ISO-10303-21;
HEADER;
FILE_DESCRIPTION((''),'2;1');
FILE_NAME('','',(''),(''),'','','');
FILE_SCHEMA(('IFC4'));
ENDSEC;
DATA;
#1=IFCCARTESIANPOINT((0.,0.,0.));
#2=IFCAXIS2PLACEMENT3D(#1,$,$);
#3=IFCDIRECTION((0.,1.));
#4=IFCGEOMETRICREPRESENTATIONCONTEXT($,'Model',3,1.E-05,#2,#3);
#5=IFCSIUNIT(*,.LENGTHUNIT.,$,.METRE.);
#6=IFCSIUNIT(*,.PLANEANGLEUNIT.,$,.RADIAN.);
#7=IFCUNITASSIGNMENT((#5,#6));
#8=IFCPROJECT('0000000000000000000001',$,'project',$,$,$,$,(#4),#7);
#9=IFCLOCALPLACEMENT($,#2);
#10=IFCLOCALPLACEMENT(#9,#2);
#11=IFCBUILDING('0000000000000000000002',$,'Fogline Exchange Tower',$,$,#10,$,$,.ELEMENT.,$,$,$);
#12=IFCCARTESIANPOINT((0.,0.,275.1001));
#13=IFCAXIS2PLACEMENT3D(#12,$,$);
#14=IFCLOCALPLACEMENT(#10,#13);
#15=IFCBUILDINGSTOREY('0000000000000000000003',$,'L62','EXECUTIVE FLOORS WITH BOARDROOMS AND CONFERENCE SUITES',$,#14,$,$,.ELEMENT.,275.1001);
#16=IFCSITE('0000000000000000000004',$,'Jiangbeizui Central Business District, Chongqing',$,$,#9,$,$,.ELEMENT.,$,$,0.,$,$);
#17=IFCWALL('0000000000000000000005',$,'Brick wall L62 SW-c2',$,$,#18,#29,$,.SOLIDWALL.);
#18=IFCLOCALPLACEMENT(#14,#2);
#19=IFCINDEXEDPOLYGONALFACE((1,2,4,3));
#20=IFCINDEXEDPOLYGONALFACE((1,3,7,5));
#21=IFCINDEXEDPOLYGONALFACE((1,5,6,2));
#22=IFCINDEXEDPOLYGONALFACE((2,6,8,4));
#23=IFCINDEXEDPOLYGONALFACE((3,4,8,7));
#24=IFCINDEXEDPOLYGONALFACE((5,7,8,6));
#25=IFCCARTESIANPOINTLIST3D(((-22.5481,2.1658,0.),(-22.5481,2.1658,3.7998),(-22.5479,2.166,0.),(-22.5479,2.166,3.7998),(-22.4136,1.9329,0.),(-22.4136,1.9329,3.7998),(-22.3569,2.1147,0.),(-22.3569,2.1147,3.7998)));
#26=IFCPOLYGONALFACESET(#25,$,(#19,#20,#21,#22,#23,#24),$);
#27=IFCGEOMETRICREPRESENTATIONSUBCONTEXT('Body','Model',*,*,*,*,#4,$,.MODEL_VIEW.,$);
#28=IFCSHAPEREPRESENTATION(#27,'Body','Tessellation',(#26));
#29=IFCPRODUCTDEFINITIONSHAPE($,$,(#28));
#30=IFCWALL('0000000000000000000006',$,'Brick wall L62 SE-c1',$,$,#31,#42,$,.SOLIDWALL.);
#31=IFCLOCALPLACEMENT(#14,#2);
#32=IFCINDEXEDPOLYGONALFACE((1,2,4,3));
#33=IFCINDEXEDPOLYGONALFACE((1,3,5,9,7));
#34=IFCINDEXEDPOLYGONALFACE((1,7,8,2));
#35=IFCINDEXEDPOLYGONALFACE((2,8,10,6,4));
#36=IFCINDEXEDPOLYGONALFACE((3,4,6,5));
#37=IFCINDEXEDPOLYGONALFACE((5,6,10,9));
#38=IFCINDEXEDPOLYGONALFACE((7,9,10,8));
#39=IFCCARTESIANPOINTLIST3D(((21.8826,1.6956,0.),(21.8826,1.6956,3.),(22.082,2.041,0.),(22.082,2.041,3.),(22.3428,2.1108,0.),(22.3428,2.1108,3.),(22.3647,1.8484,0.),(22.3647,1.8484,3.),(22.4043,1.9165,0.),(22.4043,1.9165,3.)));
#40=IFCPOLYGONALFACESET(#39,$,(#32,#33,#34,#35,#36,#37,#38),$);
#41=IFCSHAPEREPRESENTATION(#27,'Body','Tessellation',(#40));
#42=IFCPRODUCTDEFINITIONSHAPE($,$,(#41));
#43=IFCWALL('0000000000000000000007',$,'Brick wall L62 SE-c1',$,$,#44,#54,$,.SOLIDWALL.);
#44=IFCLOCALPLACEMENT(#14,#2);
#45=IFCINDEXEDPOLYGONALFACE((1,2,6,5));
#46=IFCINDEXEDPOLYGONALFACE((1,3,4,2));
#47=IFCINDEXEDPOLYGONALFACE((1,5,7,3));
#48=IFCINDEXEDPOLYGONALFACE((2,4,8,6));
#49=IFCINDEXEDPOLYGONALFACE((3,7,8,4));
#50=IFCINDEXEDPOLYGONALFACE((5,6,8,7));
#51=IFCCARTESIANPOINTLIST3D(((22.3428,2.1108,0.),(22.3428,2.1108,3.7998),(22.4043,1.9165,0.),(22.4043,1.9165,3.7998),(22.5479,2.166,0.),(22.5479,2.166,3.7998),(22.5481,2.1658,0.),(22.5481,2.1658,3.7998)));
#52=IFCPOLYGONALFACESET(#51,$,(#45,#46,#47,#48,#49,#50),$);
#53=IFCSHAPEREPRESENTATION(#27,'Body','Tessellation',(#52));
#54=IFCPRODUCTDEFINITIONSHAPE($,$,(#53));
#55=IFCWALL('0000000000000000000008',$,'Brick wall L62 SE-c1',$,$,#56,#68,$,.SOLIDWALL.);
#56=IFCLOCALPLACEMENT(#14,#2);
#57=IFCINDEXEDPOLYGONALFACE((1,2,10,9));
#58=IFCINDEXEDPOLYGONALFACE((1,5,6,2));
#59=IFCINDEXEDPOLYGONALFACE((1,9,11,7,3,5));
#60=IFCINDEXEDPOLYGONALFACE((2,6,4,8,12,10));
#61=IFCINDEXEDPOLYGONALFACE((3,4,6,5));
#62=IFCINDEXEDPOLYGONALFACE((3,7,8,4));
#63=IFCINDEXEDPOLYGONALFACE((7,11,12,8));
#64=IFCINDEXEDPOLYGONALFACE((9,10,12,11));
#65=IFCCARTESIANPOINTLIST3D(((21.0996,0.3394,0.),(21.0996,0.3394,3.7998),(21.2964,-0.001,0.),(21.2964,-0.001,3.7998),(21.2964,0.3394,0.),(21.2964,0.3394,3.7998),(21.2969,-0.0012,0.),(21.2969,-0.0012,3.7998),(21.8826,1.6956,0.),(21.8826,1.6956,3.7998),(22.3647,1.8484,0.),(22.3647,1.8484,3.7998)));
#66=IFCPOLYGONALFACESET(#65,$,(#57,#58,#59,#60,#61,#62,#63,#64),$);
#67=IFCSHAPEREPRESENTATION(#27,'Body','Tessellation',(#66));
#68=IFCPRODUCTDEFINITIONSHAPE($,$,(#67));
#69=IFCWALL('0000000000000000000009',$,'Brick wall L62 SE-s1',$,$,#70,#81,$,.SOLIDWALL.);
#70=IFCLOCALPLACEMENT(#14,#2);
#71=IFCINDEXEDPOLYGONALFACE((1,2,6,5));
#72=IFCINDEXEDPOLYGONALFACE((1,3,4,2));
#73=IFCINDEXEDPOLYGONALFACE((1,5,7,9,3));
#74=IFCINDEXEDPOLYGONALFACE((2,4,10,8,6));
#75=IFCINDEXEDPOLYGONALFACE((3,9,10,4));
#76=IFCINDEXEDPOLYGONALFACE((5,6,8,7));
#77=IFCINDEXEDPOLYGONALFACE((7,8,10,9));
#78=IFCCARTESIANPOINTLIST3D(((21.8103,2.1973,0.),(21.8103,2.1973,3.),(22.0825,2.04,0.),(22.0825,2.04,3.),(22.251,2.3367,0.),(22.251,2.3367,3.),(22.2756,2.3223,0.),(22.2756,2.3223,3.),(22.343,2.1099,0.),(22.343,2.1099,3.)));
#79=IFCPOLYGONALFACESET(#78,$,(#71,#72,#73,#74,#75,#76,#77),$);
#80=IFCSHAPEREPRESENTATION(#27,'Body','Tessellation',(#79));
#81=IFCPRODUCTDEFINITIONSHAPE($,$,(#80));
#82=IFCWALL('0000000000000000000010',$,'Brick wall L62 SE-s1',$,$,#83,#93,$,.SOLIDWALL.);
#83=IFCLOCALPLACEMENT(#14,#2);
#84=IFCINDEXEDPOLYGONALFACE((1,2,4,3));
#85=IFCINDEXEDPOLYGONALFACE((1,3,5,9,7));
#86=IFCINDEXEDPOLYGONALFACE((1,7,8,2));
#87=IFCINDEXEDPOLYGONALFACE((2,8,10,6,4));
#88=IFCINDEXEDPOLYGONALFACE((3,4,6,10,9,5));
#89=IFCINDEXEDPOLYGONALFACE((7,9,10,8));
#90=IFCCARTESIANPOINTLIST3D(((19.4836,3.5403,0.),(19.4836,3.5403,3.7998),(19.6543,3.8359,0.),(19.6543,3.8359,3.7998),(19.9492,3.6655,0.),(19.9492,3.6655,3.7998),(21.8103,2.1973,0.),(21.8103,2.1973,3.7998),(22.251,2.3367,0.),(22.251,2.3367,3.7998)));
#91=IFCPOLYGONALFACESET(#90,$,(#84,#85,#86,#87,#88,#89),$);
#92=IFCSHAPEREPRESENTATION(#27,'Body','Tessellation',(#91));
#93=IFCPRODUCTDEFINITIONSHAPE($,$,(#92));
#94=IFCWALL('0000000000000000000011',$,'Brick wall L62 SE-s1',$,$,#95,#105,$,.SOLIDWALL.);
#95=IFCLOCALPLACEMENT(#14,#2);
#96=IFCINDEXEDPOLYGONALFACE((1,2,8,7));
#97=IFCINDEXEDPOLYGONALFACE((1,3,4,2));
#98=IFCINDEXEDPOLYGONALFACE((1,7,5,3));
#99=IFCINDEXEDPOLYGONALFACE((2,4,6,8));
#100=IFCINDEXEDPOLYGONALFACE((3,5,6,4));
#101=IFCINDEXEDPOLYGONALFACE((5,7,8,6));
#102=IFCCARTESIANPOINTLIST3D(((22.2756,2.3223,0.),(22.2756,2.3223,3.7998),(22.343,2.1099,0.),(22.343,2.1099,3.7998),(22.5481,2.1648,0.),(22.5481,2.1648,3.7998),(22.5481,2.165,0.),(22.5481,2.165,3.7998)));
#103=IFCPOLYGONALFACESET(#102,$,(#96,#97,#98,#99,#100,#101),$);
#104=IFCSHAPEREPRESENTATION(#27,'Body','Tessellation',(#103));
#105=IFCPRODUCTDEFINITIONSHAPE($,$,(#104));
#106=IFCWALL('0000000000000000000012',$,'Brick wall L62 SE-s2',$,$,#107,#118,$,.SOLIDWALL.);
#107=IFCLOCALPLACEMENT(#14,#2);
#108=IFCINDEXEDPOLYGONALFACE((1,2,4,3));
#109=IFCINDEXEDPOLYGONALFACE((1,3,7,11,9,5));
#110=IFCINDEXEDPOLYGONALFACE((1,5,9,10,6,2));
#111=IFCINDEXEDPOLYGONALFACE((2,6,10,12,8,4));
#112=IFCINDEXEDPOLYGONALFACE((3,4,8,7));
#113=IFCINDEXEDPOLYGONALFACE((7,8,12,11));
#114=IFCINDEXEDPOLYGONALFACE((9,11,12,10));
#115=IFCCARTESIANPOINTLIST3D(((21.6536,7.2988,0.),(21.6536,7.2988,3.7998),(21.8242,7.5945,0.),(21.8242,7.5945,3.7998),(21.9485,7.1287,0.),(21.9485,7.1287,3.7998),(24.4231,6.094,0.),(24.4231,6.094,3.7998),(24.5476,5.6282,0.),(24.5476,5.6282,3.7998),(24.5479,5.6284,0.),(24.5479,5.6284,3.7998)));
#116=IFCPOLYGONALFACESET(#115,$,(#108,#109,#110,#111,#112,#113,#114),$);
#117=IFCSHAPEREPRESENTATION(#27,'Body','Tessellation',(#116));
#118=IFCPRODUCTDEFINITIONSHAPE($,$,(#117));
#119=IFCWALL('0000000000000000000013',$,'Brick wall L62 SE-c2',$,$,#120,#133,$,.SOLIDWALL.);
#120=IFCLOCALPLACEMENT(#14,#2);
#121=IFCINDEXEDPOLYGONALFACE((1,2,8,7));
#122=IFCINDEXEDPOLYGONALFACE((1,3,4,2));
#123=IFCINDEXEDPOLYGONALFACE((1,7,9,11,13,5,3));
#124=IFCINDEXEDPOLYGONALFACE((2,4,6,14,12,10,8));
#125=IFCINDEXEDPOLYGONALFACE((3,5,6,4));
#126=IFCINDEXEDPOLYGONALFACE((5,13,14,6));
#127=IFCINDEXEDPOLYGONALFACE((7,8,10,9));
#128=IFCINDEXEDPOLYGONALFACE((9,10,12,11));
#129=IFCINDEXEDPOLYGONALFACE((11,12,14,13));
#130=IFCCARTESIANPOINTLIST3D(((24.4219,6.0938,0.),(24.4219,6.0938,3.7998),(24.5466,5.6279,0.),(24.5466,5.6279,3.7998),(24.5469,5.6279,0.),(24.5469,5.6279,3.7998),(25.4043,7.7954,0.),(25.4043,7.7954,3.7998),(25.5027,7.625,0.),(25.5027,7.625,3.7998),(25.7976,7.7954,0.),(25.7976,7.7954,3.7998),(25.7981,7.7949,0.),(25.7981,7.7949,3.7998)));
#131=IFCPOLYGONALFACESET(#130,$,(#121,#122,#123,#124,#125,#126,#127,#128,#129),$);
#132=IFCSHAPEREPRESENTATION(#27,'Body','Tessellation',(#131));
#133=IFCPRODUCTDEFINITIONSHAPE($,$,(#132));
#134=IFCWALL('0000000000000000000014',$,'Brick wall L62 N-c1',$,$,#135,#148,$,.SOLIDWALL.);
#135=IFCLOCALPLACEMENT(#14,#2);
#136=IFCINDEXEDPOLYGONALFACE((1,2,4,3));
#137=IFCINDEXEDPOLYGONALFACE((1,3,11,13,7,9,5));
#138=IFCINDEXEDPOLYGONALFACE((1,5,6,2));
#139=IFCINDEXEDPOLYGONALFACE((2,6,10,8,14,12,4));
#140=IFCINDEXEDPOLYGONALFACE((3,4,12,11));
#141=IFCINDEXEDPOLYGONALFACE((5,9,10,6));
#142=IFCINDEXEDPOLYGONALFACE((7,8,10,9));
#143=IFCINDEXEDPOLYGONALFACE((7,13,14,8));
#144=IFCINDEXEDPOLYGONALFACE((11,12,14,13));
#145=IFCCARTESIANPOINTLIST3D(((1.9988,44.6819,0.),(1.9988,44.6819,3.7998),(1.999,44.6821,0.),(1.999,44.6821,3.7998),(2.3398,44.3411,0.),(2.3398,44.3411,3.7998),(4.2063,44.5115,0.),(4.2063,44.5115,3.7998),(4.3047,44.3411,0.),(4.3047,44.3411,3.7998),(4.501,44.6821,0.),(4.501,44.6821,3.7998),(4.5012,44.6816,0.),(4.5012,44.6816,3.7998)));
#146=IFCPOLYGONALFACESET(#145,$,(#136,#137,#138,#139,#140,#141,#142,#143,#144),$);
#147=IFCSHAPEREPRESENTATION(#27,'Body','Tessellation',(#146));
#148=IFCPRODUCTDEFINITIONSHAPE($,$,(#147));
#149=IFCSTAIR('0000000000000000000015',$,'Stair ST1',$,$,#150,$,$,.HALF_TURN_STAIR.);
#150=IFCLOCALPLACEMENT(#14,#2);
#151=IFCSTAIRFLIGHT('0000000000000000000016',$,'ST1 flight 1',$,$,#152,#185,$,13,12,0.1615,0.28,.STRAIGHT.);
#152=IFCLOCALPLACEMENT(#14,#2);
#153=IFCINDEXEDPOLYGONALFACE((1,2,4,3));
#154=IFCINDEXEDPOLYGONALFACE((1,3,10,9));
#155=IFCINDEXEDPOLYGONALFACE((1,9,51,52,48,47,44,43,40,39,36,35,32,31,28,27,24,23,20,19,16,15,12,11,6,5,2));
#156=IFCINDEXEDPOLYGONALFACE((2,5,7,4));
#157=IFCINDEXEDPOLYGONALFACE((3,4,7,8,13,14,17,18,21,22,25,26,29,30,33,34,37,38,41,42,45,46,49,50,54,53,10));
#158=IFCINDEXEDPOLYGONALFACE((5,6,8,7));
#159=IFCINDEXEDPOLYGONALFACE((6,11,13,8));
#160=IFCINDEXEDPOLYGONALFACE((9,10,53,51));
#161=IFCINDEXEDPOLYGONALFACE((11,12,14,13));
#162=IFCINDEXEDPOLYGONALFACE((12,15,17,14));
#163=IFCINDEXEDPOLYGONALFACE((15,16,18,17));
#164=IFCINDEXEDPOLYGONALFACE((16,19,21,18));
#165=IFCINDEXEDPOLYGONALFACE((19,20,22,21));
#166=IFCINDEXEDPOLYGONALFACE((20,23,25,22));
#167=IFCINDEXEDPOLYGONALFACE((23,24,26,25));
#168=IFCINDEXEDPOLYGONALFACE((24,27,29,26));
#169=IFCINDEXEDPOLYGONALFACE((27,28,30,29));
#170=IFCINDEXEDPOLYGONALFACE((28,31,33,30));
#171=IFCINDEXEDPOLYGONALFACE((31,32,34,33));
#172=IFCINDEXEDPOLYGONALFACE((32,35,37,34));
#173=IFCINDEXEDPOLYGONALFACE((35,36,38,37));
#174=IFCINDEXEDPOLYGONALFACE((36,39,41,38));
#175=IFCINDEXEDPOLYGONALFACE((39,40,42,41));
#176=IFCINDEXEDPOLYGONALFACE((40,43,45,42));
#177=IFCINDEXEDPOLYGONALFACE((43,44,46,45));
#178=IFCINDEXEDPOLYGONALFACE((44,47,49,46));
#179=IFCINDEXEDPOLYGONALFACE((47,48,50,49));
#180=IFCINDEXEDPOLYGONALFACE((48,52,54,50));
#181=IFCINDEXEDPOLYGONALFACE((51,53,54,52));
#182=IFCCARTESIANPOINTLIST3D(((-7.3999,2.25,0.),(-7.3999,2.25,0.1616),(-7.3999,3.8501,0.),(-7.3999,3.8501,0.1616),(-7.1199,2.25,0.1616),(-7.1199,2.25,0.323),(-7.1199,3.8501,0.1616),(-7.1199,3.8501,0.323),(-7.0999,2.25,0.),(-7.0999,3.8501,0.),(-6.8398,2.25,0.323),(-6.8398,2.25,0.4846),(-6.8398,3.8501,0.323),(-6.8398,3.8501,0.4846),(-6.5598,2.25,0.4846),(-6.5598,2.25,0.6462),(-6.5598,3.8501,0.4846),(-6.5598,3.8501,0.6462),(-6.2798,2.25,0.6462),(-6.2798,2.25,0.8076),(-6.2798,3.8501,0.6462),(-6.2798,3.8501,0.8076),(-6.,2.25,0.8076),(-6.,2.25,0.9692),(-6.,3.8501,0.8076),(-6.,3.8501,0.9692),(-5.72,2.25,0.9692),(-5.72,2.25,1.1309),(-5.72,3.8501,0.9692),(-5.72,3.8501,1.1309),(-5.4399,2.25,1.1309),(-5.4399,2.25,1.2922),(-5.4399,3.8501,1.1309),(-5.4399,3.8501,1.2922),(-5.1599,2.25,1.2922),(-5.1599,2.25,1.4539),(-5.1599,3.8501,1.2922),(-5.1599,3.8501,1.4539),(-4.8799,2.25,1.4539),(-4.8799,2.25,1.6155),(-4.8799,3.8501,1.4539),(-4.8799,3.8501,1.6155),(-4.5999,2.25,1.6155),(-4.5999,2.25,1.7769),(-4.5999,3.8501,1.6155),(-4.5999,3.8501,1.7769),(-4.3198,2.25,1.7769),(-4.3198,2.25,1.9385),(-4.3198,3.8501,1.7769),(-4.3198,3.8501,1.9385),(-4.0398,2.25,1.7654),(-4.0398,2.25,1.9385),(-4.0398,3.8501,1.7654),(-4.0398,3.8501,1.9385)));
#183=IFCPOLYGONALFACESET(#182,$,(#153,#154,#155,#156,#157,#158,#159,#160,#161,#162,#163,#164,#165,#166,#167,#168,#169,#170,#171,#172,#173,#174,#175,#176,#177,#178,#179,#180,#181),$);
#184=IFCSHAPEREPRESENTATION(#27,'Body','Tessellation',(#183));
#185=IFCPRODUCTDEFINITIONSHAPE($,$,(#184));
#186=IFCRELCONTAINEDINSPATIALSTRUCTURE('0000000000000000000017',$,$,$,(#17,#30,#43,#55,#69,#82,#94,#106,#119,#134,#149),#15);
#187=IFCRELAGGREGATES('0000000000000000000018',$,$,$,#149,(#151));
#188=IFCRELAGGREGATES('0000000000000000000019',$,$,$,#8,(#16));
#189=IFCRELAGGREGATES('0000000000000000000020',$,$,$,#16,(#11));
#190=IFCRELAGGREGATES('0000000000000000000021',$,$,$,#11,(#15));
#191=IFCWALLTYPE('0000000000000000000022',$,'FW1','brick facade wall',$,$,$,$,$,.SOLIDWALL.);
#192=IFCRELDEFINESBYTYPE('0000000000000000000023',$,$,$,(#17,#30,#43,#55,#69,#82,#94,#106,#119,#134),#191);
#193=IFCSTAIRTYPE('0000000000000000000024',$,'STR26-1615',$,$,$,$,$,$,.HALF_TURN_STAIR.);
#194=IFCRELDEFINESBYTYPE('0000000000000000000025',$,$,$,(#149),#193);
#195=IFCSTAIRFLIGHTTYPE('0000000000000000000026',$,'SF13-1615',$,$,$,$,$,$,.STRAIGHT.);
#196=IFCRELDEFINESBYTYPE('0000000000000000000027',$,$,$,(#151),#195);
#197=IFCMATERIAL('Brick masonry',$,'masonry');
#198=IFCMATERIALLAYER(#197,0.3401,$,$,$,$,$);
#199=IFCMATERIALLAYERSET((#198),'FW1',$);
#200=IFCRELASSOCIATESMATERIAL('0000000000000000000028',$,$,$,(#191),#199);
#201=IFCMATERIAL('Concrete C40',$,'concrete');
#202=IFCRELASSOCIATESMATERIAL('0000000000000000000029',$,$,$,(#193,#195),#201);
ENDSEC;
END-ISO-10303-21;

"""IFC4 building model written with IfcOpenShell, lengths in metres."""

from ifc_helpers import new_model, si_unit, direction, frame, origin, place, context, subcontext, project, spatial, polyline, outline, extrude, material, layer, layer_set, type_object, element, aggregate, save


model = new_model("IFC4")

# Units and contexts
model_context = context("Model", 3, precision=1e-05, world=origin(), true_north=direction((0.0, 1.0)))
body_context = subcontext(model_context, "Body", "Model", "MODEL_VIEW")
ifc_project = project(units=[si_unit("LENGTHUNIT", "METRE"), si_unit("PLANEANGLEUNIT", "RADIAN")], contexts=[model_context])

# Site, building, storey
site_placement = place(None, origin())
site = spatial("IfcSite", under=ifc_project, at=site_placement, Name="Jiangbeizui Central Business District, Chongqing", CompositionType="ELEMENT", RefElevation=0.0)
building_placement = place(site_placement, origin())
building = spatial("IfcBuilding", under=site, at=building_placement, Name="Fogline Exchange Tower", CompositionType="ELEMENT")
storey_placement = place(building_placement, frame((0.0, 0.0, 275.1001)))
storey = spatial("IfcBuildingStorey", under=building, at=storey_placement, Name="L62", Description="EXECUTIVE FLOORS WITH BOARDROOMS AND CONFERENCE SUITES", CompositionType="ELEMENT", Elevation=275.1001)

# Shared definitions
ifc_material_1 = material(Name="Concrete C40", Category="concrete")

# Walls
ifc_material_2 = material(Name="Brick masonry", Category="masonry")
ifc_layer_1 = layer(ifc_material_2, 0.3401)
ifc_layer_set_1 = layer_set([ifc_layer_1], Name="FW1")
wall_type_1 = type_object("IfcWallType", Name="FW1", Description="brick facade wall", PredefinedType="SOLIDWALL", material=ifc_layer_set_1)
wall_1_placement = place(storey_placement, origin())
element("IfcWall", 1, at=wall_1_placement, inside=storey, type_object=wall_type_1, Name="Brick wall L62 SW-c2", PredefinedType="SOLIDWALL", context=body_context, shape_type="SweptSolid", body=[
    extrude(outline(polyline([(-22.5481, 2.1658), (-22.5479, 2.166), (-22.3569, 2.1147), (-22.4136, 1.9329), (-22.5481, 2.1658)])), origin(), (0.0, 0.0, 1.0), 3.7998),
])
wall_2_placement = place(storey_placement, origin())
element("IfcWall", 2, at=wall_2_placement, inside=storey, type_object=wall_type_1, Name="Brick wall L62 SE-c1", PredefinedType="SOLIDWALL", context=body_context, shape_type="SweptSolid", body=[
    extrude(outline(polyline([(22.3647, 1.8484), (21.8826, 1.6956), (22.082, 2.041), (22.3428, 2.1108), (22.4043, 1.9165), (22.3647, 1.8484)])), origin(), (0.0, 0.0, 1.0), 3.0),
])
wall_3_placement = place(storey_placement, origin())
element("IfcWall", 3, at=wall_3_placement, inside=storey, type_object=wall_type_1, Name="Brick wall L62 SE-c1", PredefinedType="SOLIDWALL", context=body_context, shape_type="SweptSolid", body=[
    extrude(outline(polyline([(22.4043, 1.9165), (22.3428, 2.1108), (22.5479, 2.166), (22.5481, 2.1658), (22.4043, 1.9165)])), origin(), (0.0, 0.0, 1.0), 3.7998),
])
wall_4_placement = place(storey_placement, origin())
element("IfcWall", 4, at=wall_4_placement, inside=storey, type_object=wall_type_1, Name="Brick wall L62 SE-c1", PredefinedType="SOLIDWALL", context=body_context, shape_type="SweptSolid", body=[
    extrude(outline(polyline([(21.2969, -0.0012), (21.2964, -0.001), (21.2964, 0.3394), (21.0996, 0.3394), (21.8826, 1.6956), (22.3647, 1.8484), (21.2969, -0.0012)])), origin(), (0.0, 0.0, 1.0), 3.7998),
])
wall_5_placement = place(storey_placement, origin())
element("IfcWall", 5, at=wall_5_placement, inside=storey, type_object=wall_type_1, Name="Brick wall L62 SE-s1", PredefinedType="SOLIDWALL", context=body_context, shape_type="SweptSolid", body=[
    extrude(outline(polyline([(22.2756, 2.3223), (22.343, 2.1099), (22.0825, 2.04), (21.8103, 2.1973), (22.251, 2.3367), (22.2756, 2.3223)])), origin(), (0.0, 0.0, 1.0), 3.0),
])
wall_6_placement = place(storey_placement, origin())
element("IfcWall", 6, at=wall_6_placement, inside=storey, type_object=wall_type_1, Name="Brick wall L62 SE-s1", PredefinedType="SOLIDWALL", context=body_context, shape_type="SweptSolid", body=[
    extrude(outline(polyline([(19.6543, 3.8359), (19.9492, 3.6655), (22.251, 2.3367), (21.8103, 2.1973), (19.4836, 3.5403), (19.6543, 3.8359)])), origin(), (0.0, 0.0, 1.0), 3.7998),
])
wall_7_placement = place(storey_placement, origin())
element("IfcWall", 7, at=wall_7_placement, inside=storey, type_object=wall_type_1, Name="Brick wall L62 SE-s1", PredefinedType="SOLIDWALL", context=body_context, shape_type="SweptSolid", body=[
    extrude(outline(polyline([(22.5481, 2.165), (22.5481, 2.1648), (22.343, 2.1099), (22.2756, 2.3223), (22.5481, 2.165)])), origin(), (0.0, 0.0, 1.0), 3.7998),
])
wall_8_placement = place(storey_placement, origin())
element("IfcWall", 8, at=wall_8_placement, inside=storey, type_object=wall_type_1, Name="Brick wall L62 SE-s2", PredefinedType="SOLIDWALL", context=body_context, shape_type="SweptSolid", body=[
    extrude(outline(polyline([(24.5476, 5.6282), (21.9485, 7.1287), (21.6536, 7.2988), (21.8242, 7.5945), (24.4231, 6.094), (24.5479, 5.6284), (24.5476, 5.6282)])), origin(), (0.0, 0.0, 1.0), 3.7998),
])
wall_9_placement = place(storey_placement, origin())
element("IfcWall", 9, at=wall_9_placement, inside=storey, type_object=wall_type_1, Name="Brick wall L62 SE-c2", PredefinedType="SOLIDWALL", context=body_context, shape_type="SweptSolid", body=[
    extrude(outline(polyline([(25.4043, 7.7954), (25.5027, 7.625), (25.7976, 7.7954), (25.7981, 7.7949), (24.5469, 5.6279), (24.5466, 5.6279), (24.4219, 6.0938), (25.4043, 7.7954)])), origin(), (0.0, 0.0, 1.0), 3.7998),
])
wall_10_placement = place(storey_placement, origin())
element("IfcWall", 10, at=wall_10_placement, inside=storey, type_object=wall_type_1, Name="Brick wall L62 N-c1", PredefinedType="SOLIDWALL", context=body_context, shape_type="SweptSolid", body=[
    extrude(outline(polyline([(1.999, 44.6821), (4.501, 44.6821), (4.5012, 44.6816), (4.2063, 44.5115), (4.3047, 44.3411), (2.3398, 44.3411), (1.9988, 44.6819), (1.999, 44.6821)])), origin(), (0.0, 0.0, 1.0), 3.7998),
])

# Stair, stair flight
stair_type = type_object("IfcStairType", Name="STR26-1615", PredefinedType="HALF_TURN_STAIR", material=ifc_material_1)
stair_placement = place(storey_placement, origin())
stair = element("IfcStair", 11, at=stair_placement, inside=storey, type_object=stair_type, Name="Stair ST1", PredefinedType="HALF_TURN_STAIR")
stair_flight_type = type_object("IfcStairFlightType", Name="SF13-1615", PredefinedType="STRAIGHT", material=ifc_material_1)
stair_flight_1_placement = place(storey_placement, frame((-7.3999, 3.05, 0.0), z_axis=(0.0, 0.0, 1.0), x_axis=(1.0, 0.0, 0.0)))
stair_flight_1 = element("IfcStairFlight", 12, at=stair_flight_1_placement, type_object=stair_flight_type, Name="ST1 flight 1", NumberOfRisers=13, NumberOfTreads=12, PredefinedType="STRAIGHT", RiserHeight=0.1615, TreadLength=0.28, context=body_context, shape_type="SweptSolid", body=[
    extrude(outline(polyline([(0.0, 0.0), (0.0, 0.1616), (0.28, 0.1616), (0.28, 0.323), (0.5601, 0.323), (0.5601, 0.4846), (0.8401, 0.4846), (0.8401, 0.6462), (1.1201, 0.6462), (1.1201, 0.8076), (1.3999, 0.8076), (1.3999, 0.9692), (1.6799, 0.9692), (1.6799, 1.1309), (1.96, 1.1309), (1.96, 1.2922), (2.24, 1.2922), (2.24, 1.4539), (2.52, 1.4539), (2.52, 1.6155), (2.8, 1.6155), (2.8, 1.7769), (3.0801, 1.7769), (3.0801, 1.9385), (3.3601, 1.9385), (3.3601, 2.1001), (3.3601, 1.7654), (0.3, 0.0), (0.0, 0.0)])), frame((0.0, 0.8, 0.0), z_axis=(0.0, -1.0, 0.0), x_axis=(1.0, 0.0, 0.0)), (0.0, 0.0, 1.0), 1.6001),
])
aggregate(stair, [stair_flight_1])

save(model, "model.ifc")
